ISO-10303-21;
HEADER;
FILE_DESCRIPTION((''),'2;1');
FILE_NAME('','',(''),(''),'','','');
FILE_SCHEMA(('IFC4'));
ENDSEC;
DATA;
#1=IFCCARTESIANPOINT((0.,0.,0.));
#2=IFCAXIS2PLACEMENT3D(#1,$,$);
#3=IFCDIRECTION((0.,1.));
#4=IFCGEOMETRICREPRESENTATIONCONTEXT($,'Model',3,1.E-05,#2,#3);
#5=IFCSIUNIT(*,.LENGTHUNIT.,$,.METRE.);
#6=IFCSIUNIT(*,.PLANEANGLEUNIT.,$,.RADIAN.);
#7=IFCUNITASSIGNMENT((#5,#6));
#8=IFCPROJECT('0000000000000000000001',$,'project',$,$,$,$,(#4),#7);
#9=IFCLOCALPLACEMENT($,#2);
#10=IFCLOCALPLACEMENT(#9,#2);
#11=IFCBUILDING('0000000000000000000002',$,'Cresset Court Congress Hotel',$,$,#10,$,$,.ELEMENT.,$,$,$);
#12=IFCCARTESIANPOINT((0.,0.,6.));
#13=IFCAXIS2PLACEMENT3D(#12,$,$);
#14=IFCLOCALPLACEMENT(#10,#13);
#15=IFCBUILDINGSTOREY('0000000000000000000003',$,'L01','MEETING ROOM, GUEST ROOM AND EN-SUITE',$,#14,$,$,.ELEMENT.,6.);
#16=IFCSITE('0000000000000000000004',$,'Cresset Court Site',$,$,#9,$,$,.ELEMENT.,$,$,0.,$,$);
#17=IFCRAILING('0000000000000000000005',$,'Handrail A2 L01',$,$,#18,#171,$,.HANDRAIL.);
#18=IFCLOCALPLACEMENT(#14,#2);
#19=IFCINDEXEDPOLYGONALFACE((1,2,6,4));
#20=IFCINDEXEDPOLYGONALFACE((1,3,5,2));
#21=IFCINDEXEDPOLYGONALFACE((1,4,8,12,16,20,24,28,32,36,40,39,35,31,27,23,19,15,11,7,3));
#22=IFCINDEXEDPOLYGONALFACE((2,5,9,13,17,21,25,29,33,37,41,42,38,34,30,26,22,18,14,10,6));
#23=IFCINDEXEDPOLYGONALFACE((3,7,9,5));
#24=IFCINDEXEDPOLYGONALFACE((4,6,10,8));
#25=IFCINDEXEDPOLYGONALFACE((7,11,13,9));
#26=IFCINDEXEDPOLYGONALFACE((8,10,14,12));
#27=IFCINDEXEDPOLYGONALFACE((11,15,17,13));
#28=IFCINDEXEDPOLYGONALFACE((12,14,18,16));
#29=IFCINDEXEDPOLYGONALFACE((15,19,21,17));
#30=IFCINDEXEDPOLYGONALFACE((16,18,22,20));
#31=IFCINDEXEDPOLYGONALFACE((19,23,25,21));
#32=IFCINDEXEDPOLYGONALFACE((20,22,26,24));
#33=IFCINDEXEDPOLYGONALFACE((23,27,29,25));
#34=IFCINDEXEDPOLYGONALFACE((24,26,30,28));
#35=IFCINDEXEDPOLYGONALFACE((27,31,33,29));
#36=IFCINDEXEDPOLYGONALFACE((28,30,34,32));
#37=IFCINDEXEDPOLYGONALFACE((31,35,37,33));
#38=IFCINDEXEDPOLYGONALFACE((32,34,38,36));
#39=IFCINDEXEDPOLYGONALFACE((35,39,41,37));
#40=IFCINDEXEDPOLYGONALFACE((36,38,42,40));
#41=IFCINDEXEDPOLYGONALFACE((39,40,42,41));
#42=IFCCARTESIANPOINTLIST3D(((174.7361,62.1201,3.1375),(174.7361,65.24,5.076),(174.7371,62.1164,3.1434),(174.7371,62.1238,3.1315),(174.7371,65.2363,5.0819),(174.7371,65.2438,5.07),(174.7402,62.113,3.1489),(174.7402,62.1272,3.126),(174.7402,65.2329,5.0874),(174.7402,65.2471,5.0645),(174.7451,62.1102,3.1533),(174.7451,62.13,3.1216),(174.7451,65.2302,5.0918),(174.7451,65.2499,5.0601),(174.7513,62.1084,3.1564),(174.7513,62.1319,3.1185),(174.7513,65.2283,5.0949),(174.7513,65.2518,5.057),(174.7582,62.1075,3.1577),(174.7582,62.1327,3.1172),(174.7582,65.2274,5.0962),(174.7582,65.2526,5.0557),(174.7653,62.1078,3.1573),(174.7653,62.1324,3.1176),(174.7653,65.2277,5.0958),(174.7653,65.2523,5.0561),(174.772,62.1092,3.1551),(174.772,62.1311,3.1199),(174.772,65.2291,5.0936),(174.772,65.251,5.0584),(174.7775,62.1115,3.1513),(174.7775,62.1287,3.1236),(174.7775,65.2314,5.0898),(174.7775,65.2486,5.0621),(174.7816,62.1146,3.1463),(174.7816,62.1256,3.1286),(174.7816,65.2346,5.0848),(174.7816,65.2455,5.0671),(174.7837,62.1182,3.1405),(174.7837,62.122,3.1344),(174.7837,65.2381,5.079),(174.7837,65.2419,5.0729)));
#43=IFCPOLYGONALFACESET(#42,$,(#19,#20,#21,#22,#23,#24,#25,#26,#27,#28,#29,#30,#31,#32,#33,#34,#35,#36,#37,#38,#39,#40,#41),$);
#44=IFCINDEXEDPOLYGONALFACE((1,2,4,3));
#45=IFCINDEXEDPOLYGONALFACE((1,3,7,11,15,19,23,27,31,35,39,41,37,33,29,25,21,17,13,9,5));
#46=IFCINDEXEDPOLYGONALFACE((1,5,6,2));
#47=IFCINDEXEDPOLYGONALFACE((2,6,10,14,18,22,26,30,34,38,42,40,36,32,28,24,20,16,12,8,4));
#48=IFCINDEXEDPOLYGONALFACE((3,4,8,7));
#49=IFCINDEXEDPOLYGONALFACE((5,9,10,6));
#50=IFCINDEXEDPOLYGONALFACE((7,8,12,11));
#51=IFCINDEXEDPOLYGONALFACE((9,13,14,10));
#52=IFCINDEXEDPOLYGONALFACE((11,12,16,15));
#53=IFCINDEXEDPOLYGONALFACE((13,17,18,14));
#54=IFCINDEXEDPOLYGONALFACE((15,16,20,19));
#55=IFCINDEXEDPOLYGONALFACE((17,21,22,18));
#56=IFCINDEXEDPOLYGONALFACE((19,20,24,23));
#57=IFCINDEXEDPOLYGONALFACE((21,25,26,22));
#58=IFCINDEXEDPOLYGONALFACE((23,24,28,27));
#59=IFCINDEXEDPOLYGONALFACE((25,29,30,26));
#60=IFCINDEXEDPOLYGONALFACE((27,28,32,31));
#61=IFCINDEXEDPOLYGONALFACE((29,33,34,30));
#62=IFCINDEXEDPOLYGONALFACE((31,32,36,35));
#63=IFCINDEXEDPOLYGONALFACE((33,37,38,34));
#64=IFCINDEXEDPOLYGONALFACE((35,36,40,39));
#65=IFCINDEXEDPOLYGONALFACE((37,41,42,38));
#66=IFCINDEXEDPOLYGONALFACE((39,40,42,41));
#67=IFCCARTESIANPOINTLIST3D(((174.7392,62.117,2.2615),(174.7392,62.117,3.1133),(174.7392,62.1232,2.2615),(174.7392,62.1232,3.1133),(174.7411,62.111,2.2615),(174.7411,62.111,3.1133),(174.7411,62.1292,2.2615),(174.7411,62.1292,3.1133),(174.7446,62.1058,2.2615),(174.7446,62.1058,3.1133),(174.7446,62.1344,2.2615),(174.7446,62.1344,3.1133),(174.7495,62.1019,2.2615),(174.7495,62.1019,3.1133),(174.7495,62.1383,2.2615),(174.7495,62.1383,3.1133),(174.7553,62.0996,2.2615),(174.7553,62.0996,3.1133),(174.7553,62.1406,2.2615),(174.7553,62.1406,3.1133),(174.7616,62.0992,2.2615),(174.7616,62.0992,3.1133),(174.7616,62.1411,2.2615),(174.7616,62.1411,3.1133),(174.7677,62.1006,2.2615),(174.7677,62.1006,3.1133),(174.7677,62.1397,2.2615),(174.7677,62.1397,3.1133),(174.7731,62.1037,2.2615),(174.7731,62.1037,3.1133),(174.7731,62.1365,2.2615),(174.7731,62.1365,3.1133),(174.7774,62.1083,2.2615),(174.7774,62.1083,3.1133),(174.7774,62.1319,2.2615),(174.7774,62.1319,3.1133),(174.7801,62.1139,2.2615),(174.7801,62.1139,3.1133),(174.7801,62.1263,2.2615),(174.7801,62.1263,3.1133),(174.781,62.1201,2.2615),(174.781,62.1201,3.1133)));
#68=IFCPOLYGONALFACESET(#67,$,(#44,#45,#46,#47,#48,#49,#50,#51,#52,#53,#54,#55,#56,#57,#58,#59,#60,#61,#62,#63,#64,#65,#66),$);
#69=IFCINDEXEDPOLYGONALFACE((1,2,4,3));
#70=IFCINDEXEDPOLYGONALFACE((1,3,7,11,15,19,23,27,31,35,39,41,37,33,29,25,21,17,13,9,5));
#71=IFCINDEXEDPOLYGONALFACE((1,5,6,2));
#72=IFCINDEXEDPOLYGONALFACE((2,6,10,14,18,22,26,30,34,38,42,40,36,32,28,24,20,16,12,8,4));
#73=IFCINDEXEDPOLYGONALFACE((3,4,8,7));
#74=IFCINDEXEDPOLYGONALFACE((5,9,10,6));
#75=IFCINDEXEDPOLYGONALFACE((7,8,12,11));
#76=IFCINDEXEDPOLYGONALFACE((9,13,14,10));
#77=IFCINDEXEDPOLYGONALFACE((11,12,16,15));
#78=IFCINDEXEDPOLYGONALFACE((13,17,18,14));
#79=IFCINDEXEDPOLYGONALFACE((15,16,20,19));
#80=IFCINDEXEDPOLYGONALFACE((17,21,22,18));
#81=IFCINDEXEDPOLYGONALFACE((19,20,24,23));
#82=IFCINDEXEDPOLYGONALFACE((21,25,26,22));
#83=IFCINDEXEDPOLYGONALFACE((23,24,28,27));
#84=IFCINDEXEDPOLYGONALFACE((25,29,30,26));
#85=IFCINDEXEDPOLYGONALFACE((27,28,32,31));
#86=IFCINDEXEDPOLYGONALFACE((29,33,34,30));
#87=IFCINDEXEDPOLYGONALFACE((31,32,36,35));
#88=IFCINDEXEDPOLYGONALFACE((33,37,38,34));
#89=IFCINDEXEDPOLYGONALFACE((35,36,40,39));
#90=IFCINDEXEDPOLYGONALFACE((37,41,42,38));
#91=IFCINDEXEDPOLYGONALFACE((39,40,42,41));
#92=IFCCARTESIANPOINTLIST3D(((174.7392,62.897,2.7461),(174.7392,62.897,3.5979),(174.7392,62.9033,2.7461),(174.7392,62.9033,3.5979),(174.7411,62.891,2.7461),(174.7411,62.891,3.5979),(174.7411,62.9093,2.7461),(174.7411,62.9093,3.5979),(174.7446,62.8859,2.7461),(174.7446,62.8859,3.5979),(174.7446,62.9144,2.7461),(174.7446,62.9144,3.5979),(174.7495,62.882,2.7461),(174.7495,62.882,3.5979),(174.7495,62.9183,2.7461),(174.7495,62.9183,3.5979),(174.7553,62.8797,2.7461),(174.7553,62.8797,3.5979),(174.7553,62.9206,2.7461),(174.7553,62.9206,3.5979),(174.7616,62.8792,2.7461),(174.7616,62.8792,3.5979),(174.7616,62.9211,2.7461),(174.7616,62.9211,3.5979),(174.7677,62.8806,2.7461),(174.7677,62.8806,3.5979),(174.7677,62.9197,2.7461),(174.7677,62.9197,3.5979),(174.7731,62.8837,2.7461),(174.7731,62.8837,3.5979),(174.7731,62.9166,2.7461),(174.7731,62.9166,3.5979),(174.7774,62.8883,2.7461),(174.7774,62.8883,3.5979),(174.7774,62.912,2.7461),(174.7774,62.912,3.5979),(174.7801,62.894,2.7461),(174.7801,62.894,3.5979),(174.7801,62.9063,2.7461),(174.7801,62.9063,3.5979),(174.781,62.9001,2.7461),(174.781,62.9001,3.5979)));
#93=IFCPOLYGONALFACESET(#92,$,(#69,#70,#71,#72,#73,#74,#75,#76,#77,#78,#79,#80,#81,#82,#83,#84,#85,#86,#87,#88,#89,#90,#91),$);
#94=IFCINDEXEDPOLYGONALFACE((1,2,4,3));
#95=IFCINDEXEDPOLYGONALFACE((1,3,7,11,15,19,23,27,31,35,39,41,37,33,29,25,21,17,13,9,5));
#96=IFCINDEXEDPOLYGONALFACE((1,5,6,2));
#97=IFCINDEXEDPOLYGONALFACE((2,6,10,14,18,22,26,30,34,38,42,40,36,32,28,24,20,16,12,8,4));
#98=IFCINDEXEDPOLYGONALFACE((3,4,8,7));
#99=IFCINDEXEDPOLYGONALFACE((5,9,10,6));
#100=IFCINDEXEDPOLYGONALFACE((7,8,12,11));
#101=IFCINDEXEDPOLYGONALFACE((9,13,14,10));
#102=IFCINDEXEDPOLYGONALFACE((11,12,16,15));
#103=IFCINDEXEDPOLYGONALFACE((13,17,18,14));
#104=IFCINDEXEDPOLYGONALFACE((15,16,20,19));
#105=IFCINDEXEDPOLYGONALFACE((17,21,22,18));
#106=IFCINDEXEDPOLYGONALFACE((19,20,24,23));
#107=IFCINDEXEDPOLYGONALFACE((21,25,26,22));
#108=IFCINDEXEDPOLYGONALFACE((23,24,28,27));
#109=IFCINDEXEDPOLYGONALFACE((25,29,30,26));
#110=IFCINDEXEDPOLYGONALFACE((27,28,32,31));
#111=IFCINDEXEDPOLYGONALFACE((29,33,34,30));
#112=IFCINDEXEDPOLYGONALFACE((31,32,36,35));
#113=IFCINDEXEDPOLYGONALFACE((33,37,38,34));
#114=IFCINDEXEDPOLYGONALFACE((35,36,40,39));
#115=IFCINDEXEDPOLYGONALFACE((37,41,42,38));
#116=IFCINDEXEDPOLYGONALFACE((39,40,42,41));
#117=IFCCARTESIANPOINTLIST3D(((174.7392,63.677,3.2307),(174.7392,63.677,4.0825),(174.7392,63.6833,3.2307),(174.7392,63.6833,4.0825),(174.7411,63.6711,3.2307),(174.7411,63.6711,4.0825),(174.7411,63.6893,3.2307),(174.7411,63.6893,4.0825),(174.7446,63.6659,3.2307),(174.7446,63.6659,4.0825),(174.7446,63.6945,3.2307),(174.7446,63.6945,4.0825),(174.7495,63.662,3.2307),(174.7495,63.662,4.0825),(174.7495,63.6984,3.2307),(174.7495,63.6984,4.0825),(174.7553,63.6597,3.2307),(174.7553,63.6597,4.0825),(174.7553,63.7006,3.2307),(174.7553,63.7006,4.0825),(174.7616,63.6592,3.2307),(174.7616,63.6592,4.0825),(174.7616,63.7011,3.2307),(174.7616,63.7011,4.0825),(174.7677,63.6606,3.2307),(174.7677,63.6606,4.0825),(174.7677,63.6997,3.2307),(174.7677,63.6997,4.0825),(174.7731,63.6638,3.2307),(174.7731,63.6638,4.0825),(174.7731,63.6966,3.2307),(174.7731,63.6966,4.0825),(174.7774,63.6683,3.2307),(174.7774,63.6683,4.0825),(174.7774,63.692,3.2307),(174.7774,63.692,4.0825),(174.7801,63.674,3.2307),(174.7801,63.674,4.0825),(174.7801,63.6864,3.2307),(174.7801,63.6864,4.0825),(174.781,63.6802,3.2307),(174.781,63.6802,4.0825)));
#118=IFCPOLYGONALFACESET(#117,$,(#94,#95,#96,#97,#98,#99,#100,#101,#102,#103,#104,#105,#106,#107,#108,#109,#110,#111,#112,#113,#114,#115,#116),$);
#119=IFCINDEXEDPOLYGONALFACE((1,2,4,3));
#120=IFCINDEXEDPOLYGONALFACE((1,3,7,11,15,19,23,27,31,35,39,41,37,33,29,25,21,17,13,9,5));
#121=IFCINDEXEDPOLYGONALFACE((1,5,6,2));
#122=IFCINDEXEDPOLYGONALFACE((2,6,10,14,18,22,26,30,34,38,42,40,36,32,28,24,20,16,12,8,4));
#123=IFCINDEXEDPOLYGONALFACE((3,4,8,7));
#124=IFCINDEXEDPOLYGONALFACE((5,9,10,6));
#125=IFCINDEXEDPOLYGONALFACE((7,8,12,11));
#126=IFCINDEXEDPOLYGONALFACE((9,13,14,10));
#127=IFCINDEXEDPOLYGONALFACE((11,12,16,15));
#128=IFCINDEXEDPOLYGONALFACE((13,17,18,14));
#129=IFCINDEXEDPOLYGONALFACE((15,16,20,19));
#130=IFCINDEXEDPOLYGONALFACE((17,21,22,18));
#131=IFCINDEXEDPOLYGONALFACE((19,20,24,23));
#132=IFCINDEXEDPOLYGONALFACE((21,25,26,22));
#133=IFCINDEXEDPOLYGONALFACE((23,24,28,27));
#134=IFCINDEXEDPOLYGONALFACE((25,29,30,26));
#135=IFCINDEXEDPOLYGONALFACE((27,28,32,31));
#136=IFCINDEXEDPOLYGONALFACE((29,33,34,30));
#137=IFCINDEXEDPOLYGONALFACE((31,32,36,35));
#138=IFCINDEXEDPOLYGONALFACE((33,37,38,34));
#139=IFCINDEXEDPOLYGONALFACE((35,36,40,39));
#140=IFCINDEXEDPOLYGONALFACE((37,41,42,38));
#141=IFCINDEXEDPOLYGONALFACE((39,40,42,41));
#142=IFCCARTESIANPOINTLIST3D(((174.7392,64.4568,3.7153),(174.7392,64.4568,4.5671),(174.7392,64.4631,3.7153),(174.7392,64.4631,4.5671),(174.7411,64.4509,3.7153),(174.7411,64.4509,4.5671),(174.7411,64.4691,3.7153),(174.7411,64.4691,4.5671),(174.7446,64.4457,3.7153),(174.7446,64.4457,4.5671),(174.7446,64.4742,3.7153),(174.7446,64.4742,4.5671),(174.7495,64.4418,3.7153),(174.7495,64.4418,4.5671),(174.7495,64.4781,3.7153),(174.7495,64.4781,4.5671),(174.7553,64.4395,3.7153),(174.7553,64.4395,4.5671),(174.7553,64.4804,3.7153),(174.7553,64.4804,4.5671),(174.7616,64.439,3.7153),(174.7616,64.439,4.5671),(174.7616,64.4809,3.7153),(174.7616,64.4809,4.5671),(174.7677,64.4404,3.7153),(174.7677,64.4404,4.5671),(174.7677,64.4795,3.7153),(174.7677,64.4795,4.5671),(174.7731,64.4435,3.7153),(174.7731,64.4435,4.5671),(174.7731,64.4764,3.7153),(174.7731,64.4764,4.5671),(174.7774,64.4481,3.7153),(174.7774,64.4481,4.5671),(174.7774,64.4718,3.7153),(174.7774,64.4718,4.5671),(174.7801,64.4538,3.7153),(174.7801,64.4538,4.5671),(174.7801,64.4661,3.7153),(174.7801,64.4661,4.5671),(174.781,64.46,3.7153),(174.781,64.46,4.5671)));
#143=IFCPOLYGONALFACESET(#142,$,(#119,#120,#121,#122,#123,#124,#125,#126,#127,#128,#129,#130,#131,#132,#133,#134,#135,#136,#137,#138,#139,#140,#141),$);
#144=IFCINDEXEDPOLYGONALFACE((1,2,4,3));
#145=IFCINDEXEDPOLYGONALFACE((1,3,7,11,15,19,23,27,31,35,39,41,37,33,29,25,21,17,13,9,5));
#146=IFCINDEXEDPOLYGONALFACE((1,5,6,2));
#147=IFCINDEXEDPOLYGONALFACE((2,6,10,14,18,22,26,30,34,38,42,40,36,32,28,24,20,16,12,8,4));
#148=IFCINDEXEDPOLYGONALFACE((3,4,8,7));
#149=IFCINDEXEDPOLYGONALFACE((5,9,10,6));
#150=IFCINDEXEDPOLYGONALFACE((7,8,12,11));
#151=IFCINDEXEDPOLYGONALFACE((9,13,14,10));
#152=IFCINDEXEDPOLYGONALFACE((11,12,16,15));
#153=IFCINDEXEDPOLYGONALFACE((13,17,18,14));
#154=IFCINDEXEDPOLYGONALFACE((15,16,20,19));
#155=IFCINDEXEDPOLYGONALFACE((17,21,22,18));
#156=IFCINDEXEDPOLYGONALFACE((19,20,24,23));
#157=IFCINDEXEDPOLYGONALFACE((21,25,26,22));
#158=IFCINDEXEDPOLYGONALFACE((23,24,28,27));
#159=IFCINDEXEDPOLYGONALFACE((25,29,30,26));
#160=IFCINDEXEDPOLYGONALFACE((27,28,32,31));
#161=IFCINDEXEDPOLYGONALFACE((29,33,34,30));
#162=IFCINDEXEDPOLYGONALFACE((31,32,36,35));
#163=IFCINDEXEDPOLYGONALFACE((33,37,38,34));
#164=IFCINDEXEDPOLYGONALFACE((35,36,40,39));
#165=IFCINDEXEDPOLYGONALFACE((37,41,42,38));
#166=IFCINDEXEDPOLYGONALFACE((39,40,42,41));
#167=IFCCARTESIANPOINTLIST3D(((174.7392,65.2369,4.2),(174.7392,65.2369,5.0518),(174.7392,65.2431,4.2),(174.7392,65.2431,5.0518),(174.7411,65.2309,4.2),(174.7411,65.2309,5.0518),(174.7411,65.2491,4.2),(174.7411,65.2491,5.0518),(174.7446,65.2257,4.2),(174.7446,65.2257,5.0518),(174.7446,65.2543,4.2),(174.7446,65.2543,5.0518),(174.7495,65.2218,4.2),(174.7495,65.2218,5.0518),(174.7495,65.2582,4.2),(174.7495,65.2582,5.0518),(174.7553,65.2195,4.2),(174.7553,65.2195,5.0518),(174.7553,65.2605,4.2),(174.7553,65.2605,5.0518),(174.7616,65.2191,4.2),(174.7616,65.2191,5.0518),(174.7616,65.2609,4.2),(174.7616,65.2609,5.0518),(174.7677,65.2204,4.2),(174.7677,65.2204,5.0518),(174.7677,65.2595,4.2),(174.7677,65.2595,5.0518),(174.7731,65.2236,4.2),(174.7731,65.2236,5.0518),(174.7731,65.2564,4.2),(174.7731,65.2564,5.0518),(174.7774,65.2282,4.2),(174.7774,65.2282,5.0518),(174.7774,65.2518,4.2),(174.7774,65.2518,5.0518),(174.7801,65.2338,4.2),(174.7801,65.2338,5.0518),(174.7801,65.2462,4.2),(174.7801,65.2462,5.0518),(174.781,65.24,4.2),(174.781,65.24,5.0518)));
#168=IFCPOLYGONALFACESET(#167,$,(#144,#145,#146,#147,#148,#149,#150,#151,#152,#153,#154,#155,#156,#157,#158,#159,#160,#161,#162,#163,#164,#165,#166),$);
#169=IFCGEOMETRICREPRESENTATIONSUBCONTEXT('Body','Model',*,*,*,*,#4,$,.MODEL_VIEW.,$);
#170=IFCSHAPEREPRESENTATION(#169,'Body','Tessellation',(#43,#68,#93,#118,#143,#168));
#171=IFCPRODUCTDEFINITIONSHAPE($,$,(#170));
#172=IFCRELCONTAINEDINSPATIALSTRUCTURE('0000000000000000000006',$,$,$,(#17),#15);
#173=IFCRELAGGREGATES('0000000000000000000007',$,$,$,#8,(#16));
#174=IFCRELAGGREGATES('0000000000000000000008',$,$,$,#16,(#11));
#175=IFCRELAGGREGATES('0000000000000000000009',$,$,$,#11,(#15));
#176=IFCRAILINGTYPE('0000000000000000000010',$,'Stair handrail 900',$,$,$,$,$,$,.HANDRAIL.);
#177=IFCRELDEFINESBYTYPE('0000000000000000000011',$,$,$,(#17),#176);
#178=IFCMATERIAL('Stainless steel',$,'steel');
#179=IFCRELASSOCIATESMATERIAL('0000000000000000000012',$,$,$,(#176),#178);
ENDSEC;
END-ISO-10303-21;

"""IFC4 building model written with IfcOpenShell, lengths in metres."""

from ifc_helpers import new_model, si_unit, direction, frame, origin, origin_2d, place, context, subcontext, project, spatial, circle, extrude, material, type_object, element, save


model = new_model("IFC4")

# Units and contexts
model_context = context("Model", 3, precision=1e-05, world=origin(), true_north=direction((0.0, 1.0)))
body_context = subcontext(model_context, "Body", "Model", "MODEL_VIEW")
ifc_project = project(units=[si_unit("LENGTHUNIT", "METRE"), si_unit("PLANEANGLEUNIT", "RADIAN")], contexts=[model_context])

# Site, building, storey
site_placement = place(None, origin())
site = spatial("IfcSite", under=ifc_project, at=site_placement, Name="Cresset Court Site", CompositionType="ELEMENT", RefElevation=0.0)
building_placement = place(site_placement, origin())
building = spatial("IfcBuilding", under=site, at=building_placement, Name="Cresset Court Congress Hotel", CompositionType="ELEMENT")
storey_placement = place(building_placement, frame((0.0, 0.0, 6.0)))
storey = spatial("IfcBuildingStorey", under=building, at=storey_placement, Name="L01", Description="MEETING ROOM, GUEST ROOM AND EN-SUITE", CompositionType="ELEMENT", Elevation=6.0)

# Railing
ifc_material_1 = material(Name="Stainless steel", Category="steel")
railing_type_1 = type_object("IfcRailingType", Name="Stair handrail 900", PredefinedType="HANDRAIL", material=ifc_material_1)
for number, where, name in (
    (1, (174.76, 62.1201, 2.2615), "Handrail A2 L01"),
):
    element("IfcRailing", number, at=place(storey_placement, frame(where)), inside=storey, type_object=railing_type_1, Name=name, PredefinedType="HANDRAIL", context=body_context, shape_type="SweptSolid", body=[
        extrude(circle(Radius=0.0239, at=origin_2d()), frame((0.0, 0.0, 0.876), z_axis=(0.0, 0.849396, 0.527757), x_axis=(-1.0, 0.0, 0.0)), (0.0, 0.0, 1.0), 3.6731),
        extrude(circle(Radius=0.021, at=origin_2d()), origin(), (0.0, 0.0, 1.0), 0.8518),
        extrude(circle(Radius=0.021, at=origin_2d()), frame((0.0, 0.78, 0.4846)), (0.0, 0.0, 1.0), 0.8518),
        extrude(circle(Radius=0.021, at=origin_2d()), frame((0.0, 1.5601, 0.9692)), (0.0, 0.0, 1.0), 0.8518),
        extrude(circle(Radius=0.021, at=origin_2d()), frame((0.0, 2.3398, 1.4539)), (0.0, 0.0, 1.0), 0.8518),
        extrude(circle(Radius=0.021, at=origin_2d()), frame((0.0, 3.1199, 1.9385)), (0.0, 0.0, 1.0), 0.8518),
    ])

save(model, "model.ifc")
